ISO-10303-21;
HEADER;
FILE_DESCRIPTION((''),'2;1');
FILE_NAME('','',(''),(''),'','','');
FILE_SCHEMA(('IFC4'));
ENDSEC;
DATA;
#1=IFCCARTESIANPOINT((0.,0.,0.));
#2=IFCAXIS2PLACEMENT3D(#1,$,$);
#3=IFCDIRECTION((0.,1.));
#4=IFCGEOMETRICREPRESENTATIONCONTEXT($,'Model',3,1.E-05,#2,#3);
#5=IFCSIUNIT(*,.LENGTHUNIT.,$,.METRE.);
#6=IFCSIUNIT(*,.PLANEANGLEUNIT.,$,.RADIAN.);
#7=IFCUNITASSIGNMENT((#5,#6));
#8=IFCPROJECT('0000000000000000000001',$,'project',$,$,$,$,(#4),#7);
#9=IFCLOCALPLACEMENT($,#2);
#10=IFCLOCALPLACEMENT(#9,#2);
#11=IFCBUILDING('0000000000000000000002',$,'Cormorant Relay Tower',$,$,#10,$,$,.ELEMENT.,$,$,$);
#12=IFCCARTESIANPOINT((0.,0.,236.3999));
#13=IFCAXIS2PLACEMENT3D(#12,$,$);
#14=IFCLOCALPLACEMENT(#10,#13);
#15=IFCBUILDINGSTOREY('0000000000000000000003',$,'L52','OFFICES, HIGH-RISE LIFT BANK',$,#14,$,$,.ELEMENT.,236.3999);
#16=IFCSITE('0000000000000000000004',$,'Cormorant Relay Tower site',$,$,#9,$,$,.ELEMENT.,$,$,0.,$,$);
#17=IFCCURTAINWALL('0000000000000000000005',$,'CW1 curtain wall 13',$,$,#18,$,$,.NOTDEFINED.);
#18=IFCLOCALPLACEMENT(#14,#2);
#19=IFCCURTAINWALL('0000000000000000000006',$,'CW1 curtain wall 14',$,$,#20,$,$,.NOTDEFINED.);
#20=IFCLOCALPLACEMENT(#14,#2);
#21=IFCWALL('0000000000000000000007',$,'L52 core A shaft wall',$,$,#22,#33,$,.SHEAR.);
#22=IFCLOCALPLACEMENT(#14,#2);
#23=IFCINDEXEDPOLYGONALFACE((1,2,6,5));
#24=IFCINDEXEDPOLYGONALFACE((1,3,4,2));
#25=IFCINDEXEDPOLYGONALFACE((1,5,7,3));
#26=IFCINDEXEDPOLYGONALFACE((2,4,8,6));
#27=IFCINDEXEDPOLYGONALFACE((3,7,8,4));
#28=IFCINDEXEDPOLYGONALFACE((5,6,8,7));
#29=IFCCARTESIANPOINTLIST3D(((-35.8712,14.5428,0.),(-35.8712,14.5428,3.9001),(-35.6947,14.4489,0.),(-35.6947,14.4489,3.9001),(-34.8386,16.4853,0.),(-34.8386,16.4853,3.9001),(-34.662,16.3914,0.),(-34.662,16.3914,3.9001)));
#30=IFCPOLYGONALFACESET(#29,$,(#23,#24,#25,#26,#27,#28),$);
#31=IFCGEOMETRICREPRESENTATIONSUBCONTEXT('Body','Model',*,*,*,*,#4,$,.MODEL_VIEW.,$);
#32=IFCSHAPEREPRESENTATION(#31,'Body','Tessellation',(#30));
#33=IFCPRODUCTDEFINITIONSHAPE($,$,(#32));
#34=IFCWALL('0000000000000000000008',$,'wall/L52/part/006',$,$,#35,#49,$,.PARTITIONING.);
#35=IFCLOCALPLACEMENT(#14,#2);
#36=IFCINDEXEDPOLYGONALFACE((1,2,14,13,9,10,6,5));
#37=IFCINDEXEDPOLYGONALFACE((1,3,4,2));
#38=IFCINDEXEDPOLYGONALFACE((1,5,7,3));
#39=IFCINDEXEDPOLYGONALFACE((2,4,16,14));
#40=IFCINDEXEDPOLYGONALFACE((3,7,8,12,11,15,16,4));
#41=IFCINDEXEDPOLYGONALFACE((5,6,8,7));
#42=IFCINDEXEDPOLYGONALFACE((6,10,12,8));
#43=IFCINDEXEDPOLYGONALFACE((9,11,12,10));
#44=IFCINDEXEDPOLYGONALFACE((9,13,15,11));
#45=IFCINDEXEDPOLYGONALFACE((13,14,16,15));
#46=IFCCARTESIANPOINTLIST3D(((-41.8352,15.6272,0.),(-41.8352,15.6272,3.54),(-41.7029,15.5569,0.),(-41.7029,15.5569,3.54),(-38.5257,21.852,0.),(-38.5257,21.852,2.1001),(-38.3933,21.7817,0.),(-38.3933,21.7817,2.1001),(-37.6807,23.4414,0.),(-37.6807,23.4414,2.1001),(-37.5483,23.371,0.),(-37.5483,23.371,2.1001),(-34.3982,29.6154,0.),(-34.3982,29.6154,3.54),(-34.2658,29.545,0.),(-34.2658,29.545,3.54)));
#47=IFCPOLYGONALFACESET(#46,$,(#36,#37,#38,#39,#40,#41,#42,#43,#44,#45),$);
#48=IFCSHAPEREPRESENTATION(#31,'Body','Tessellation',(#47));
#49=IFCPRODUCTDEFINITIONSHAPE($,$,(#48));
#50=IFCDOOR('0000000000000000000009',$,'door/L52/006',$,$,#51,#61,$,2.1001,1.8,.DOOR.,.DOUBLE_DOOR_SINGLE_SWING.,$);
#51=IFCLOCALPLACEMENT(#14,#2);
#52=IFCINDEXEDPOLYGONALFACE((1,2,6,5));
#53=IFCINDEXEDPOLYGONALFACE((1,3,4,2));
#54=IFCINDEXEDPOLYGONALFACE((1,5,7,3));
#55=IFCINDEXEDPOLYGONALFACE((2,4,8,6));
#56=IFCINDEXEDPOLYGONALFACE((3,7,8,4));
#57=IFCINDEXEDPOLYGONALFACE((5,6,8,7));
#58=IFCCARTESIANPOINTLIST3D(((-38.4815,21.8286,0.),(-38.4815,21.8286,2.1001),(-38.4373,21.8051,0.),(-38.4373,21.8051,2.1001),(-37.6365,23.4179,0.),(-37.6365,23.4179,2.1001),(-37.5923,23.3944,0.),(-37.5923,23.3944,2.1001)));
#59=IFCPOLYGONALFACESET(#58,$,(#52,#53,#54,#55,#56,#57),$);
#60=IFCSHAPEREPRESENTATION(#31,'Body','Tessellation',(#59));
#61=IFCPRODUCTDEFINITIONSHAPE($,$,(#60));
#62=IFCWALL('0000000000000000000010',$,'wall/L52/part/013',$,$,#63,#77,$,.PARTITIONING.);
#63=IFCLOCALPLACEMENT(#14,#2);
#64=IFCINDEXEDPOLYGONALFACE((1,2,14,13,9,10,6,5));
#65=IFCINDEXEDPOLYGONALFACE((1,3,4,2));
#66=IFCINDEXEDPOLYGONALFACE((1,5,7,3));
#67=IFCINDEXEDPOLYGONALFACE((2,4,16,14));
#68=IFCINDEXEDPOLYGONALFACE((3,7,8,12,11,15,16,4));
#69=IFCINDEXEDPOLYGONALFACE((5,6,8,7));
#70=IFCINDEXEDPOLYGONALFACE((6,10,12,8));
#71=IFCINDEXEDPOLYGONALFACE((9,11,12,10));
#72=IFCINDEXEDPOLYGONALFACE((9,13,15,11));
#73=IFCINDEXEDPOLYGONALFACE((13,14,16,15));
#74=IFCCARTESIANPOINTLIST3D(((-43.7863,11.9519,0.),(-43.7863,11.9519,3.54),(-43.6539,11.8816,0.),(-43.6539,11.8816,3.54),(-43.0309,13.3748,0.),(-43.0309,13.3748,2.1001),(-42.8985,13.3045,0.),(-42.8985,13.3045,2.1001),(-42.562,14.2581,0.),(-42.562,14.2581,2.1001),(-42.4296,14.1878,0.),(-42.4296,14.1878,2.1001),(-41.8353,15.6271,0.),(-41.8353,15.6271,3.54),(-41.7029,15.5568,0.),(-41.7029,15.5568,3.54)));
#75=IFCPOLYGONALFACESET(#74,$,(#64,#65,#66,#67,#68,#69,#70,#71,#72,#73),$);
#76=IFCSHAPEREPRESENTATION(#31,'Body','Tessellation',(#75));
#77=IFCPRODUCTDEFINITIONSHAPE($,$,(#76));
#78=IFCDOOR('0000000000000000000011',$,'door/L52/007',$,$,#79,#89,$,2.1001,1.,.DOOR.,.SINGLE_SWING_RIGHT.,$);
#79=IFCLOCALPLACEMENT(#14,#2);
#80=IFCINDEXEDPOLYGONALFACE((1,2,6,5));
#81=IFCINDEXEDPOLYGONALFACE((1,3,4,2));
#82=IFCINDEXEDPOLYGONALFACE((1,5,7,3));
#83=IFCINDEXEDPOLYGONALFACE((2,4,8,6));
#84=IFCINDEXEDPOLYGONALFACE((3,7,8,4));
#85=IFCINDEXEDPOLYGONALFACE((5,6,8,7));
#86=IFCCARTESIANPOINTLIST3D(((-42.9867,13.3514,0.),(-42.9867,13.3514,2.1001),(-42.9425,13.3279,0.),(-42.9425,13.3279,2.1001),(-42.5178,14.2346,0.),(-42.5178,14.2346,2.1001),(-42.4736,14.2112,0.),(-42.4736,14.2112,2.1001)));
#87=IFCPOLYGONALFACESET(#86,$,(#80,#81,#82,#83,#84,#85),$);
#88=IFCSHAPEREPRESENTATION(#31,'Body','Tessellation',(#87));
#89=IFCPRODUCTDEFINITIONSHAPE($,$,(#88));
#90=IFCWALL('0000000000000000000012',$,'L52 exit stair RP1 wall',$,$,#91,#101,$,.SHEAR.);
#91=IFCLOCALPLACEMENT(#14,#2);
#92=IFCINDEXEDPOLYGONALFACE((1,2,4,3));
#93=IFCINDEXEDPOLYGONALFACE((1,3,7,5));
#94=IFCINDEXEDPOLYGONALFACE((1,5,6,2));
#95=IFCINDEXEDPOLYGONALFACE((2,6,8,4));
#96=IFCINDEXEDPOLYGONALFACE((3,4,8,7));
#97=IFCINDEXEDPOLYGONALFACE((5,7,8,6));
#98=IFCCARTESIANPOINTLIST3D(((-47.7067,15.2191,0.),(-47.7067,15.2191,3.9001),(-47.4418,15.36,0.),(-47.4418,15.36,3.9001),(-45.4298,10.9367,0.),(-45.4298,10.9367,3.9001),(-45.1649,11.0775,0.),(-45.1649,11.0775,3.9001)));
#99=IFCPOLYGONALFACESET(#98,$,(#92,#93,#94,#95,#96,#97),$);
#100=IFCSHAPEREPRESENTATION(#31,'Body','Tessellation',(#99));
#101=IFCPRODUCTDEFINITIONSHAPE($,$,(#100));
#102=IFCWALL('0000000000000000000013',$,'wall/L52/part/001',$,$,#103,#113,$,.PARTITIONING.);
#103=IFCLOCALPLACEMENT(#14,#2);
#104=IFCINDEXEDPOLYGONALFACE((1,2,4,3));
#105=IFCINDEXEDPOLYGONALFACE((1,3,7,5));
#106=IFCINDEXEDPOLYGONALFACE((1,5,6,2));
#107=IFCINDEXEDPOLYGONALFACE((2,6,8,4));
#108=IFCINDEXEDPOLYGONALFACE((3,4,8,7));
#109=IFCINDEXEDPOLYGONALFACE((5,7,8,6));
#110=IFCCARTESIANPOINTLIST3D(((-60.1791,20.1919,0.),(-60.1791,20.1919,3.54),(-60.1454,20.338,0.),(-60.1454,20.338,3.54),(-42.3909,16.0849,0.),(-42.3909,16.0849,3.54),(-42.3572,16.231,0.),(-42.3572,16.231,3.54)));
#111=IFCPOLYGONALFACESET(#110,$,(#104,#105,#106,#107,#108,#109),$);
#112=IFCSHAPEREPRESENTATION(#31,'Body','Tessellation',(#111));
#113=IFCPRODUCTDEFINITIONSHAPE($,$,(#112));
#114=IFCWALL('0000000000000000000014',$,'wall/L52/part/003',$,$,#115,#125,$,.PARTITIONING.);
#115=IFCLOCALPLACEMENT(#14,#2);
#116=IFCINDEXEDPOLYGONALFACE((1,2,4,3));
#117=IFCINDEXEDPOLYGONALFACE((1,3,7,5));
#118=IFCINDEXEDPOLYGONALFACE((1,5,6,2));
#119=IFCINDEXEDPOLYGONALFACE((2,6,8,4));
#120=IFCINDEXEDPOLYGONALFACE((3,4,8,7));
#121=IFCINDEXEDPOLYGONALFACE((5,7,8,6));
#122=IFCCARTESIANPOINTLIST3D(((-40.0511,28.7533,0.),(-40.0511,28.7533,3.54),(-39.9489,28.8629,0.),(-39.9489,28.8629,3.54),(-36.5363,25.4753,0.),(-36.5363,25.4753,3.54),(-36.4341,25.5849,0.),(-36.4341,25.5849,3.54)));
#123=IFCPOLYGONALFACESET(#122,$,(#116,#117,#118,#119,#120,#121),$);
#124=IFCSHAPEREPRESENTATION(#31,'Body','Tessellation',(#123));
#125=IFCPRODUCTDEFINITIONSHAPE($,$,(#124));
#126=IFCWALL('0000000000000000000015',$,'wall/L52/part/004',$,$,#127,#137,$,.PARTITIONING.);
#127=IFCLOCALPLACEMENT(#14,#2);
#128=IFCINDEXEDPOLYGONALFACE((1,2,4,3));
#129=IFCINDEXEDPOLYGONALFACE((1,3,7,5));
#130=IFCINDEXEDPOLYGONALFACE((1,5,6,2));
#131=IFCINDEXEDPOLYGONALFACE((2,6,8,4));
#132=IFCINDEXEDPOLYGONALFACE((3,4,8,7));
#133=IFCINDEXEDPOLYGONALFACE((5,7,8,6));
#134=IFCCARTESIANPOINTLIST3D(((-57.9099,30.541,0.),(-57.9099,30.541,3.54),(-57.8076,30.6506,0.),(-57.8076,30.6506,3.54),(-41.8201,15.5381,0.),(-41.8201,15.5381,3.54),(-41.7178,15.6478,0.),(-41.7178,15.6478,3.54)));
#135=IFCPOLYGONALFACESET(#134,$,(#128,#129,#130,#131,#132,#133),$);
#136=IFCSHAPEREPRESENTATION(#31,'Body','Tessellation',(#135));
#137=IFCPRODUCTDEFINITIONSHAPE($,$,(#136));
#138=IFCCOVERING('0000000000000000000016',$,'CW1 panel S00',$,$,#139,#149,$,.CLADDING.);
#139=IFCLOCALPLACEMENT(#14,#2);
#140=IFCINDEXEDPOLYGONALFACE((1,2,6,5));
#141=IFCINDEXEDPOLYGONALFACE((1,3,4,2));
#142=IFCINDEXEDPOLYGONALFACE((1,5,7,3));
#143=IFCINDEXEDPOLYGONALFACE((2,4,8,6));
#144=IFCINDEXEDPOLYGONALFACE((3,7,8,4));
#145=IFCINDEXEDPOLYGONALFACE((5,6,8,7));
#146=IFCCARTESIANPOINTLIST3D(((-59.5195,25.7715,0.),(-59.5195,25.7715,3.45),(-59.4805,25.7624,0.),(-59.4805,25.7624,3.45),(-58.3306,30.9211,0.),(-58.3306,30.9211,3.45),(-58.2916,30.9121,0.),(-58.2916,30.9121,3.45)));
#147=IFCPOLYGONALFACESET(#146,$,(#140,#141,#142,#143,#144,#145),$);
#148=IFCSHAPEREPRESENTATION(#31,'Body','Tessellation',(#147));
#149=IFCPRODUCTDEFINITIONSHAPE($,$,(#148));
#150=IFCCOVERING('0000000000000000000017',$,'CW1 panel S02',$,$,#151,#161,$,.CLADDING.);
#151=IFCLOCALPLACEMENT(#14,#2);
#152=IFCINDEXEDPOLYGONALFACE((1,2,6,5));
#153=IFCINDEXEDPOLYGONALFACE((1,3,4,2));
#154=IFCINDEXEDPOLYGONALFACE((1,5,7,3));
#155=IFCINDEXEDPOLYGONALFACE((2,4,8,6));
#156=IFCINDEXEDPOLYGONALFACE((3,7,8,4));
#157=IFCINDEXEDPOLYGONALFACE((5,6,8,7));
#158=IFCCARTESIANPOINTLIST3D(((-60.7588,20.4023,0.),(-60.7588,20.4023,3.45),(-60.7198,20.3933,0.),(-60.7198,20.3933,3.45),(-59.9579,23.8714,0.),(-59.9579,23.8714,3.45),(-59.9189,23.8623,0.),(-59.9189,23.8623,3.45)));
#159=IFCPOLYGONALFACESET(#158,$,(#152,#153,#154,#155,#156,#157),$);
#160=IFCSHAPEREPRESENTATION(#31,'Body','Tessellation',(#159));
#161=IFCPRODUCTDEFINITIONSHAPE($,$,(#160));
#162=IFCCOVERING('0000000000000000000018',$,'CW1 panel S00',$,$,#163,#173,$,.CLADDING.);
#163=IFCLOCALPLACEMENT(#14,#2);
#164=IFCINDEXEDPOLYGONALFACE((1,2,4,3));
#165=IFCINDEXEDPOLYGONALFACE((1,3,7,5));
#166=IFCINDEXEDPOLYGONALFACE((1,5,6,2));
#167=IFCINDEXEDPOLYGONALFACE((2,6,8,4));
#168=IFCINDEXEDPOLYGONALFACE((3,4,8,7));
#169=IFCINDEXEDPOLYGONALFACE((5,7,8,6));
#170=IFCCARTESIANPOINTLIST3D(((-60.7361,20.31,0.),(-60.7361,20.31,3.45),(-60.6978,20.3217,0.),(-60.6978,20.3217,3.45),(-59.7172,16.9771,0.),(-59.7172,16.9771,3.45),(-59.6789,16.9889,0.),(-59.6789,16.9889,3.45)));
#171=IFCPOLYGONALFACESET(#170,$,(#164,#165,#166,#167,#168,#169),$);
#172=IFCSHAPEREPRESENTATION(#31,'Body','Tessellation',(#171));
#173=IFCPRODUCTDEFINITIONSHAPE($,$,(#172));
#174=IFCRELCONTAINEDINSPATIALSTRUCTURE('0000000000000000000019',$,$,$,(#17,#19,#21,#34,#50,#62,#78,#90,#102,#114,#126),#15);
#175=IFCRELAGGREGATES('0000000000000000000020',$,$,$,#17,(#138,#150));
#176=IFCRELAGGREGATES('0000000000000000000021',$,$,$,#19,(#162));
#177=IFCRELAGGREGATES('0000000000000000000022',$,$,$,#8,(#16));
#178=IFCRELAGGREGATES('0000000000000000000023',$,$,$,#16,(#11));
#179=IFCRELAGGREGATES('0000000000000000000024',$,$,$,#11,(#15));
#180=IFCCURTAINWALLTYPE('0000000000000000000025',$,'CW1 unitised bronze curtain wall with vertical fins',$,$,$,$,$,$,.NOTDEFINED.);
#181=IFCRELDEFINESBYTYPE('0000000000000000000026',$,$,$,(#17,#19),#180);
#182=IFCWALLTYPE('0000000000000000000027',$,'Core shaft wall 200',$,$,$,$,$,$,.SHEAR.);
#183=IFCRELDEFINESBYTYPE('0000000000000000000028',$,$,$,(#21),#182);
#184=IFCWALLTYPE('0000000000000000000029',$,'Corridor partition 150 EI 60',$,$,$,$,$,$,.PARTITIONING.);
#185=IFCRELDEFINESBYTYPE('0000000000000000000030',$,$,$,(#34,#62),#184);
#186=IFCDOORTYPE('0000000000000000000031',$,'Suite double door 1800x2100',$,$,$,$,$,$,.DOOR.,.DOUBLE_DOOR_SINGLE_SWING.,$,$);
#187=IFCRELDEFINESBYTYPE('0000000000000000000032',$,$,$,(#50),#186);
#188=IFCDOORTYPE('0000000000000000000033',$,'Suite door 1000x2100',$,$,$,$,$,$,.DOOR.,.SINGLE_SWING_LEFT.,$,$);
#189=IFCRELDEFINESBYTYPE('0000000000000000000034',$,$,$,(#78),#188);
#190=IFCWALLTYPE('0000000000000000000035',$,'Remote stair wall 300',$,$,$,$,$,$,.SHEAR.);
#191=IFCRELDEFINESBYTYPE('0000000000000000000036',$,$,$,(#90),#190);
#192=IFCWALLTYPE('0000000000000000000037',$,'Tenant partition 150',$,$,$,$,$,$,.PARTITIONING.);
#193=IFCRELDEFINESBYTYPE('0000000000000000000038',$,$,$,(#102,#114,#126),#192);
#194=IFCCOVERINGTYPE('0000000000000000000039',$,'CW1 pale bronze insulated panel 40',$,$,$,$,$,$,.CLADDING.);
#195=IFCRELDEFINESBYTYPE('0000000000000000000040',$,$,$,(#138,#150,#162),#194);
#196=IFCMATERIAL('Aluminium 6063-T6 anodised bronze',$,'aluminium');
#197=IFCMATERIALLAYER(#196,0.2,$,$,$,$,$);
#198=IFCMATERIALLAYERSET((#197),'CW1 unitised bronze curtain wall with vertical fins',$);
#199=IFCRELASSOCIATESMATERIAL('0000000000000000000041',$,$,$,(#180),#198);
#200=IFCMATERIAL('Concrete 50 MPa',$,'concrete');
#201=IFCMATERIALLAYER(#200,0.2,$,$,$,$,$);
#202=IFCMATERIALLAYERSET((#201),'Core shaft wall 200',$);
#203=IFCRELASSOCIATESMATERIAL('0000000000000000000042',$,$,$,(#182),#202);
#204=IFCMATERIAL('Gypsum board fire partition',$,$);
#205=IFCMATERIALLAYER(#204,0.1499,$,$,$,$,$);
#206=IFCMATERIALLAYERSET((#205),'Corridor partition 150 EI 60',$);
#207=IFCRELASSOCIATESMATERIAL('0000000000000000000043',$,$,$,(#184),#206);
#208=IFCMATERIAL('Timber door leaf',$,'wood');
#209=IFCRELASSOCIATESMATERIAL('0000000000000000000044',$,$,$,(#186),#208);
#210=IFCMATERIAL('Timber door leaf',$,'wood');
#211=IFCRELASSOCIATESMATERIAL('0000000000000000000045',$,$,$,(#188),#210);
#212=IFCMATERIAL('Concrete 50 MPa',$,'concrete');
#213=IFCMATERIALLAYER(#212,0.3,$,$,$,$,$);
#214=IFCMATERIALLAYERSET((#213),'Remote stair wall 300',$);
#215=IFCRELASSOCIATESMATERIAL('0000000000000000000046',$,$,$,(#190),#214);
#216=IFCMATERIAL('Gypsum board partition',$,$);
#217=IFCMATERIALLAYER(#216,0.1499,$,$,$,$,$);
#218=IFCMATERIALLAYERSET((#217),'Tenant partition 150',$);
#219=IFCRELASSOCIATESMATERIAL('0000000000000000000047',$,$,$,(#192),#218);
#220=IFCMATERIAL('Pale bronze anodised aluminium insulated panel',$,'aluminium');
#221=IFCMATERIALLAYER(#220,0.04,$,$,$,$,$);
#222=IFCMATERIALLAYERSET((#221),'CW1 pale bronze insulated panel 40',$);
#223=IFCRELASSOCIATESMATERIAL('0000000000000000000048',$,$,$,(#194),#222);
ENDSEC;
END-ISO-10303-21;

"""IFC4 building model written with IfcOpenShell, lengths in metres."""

from ifc_helpers import new_model, si_unit, direction, frame, frame_2d, origin, origin_2d, place, context, subcontext, project, spatial, rectangle, extrude, material, layer, layer_set, type_object, element, fill, aggregate, save


model = new_model("IFC4")

# Units and contexts
model_context = context("Model", 3, precision=1e-05, world=origin(), true_north=direction((0.0, 1.0)))
body_context = subcontext(model_context, "Body", "Model", "MODEL_VIEW")
ifc_project = project(units=[si_unit("LENGTHUNIT", "METRE"), si_unit("PLANEANGLEUNIT", "RADIAN")], contexts=[model_context])

# Site, building, storey
site_placement = place(None, origin())
site = spatial("IfcSite", under=ifc_project, at=site_placement, Name="Cormorant Relay Tower site", CompositionType="ELEMENT", RefElevation=0.0)
building_placement = place(site_placement, origin())
building = spatial("IfcBuilding", under=site, at=building_placement, Name="Cormorant Relay Tower", CompositionType="ELEMENT")
storey_placement = place(building_placement, frame((0.0, 0.0, 236.3999)))
storey = spatial("IfcBuildingStorey", under=building, at=storey_placement, Name="L52", Description="OFFICES, HIGH-RISE LIFT BANK", CompositionType="ELEMENT", Elevation=236.3999)

# Curtain wall
ifc_material_1 = material(Name="Aluminium 6063-T6 anodised bronze", Category="aluminium")
ifc_layer_1 = layer(ifc_material_1, 0.2)
ifc_layer_set_1 = layer_set([ifc_layer_1], Name="CW1 unitised bronze curtain wall with vertical fins")
curtain_wall_type = type_object("IfcCurtainWallType", Name="CW1 unitised bronze curtain wall with vertical fins", PredefinedType="NOTDEFINED", material=ifc_layer_set_1)
curtain_wall_1_placement = place(storey_placement, origin())
curtain_wall_1 = element("IfcCurtainWall", 1, at=curtain_wall_1_placement, inside=storey, type_object=curtain_wall_type, Name="CW1 curtain wall 13", PredefinedType="NOTDEFINED")

# Curtain wall
curtain_wall_2_placement = place(storey_placement, origin())
curtain_wall_2 = element("IfcCurtainWall", 2, at=curtain_wall_2_placement, inside=storey, type_object=curtain_wall_type, Name="CW1 curtain wall 14", PredefinedType="NOTDEFINED")

# Wall
ifc_material_2 = material(Name="Concrete 50 MPa", Category="concrete")
ifc_layer_2 = layer(ifc_material_2, 0.2)
ifc_layer_set_2 = layer_set([ifc_layer_2], Name="Core shaft wall 200")
wall_type_1 = type_object("IfcWallType", Name="Core shaft wall 200", PredefinedType="SHEAR", material=ifc_layer_set_2)
wall_1_placement = place(storey_placement, frame((-34.7502, 16.4385, 0.0), z_axis=(0.0, 0.0, 1.0), x_axis=(-0.469401, -0.882985, 0.0)))
element("IfcWall", 3, at=wall_1_placement, inside=storey, type_object=wall_type_1, Name="L52 core A shaft wall", PredefinedType="SHEAR", context=body_context, shape_type="SweptSolid", body=[
    extrude(rectangle(XDim=2.2, YDim=0.2, at=frame_2d((1.1001, 0.0))), origin(), (0.0, 0.0, 1.0), 3.9001),
])

# Walls, openings, doors
ifc_material_3 = material(Name="Gypsum board fire partition")
ifc_layer_3 = layer(ifc_material_3, 0.1499)
ifc_layer_set_3 = layer_set([ifc_layer_3], Name="Corridor partition 150 EI 60")
wall_type_2 = type_object("IfcWallType", Name="Corridor partition 150 EI 60", PredefinedType="PARTITIONING", material=ifc_layer_set_3)
wall_2_placement = place(storey_placement, frame((-41.769, 15.592, 0.0), z_axis=(0.0, 0.0, 1.0), x_axis=(0.469444, 0.882962, 0.0)))
wall_2 = element("IfcWall", 4, at=wall_2_placement, inside=storey, type_object=wall_type_2, Name="wall/L52/part/006", PredefinedType="PARTITIONING", context=body_context, shape_type="SweptSolid", body=[
    extrude(rectangle(XDim=15.8423, YDim=0.1499, at=frame_2d((7.9211, 0.0))), origin(), (0.0, 0.0, 1.0), 3.54),
])
opening_1_placement = place(wall_2_placement, frame((7.05, 0.0, 0.0)))
opening_1 = element("IfcOpeningElement", 5, at=opening_1_placement, cuts=wall_2, PredefinedType="OPENING", context=body_context, shape_type="SweptSolid", body=[
    extrude(rectangle(XDim=1.8, YDim=2.1001, at=frame_2d((0.8999, 1.05))), frame((0.0, 0.085, 0.0), z_axis=(0.0, -1.0, 0.0), x_axis=(1.0, 0.0, 0.0)), (0.0, 0.0, 1.0), 0.1699),
])
ifc_material_4 = material(Name="Timber door leaf", Category="wood")
door_type_1 = type_object("IfcDoorType", Name="Suite double door 1800x2100", OperationType="DOUBLE_DOOR_SINGLE_SWING", PredefinedType="DOOR", material=ifc_material_4)
door_1_placement = place(opening_1_placement, origin())
door_1 = element("IfcDoor", 6, at=door_1_placement, inside=storey, type_object=door_type_1, Name="door/L52/006", OperationType="DOUBLE_DOOR_SINGLE_SWING", OverallHeight=2.1001, OverallWidth=1.8, PredefinedType="DOOR", context=body_context, shape_type="SweptSolid", body=[
    extrude(rectangle(XDim=1.8, YDim=2.1001, at=frame_2d((0.8999, 1.05))), frame((0.0, 0.0249, 0.0), z_axis=(0.0, -1.0, 0.0), x_axis=(1.0, 0.0, 0.0)), (0.0, 0.0, 1.0), 0.05),
])
fill(opening_1, door_1)
wall_3_placement = place(storey_placement, frame((-41.769, 15.592, 0.0), z_axis=(0.0, 0.0, 1.0), x_axis=(-0.468885, -0.883259, 0.0)))
wall_3 = element("IfcWall", 7, at=wall_3_placement, inside=storey, type_object=wall_type_2, Name="wall/L52/part/013", PredefinedType="PARTITIONING", context=body_context, shape_type="SweptSolid", body=[
    extrude(rectangle(XDim=4.1609, YDim=0.1499, at=frame_2d((2.0806, 0.0))), origin(), (0.0, 0.0, 1.0), 3.54),
])
opening_2_placement = place(wall_3_placement, frame((1.55, 0.0, 0.0)))
opening_2 = element("IfcOpeningElement", 8, at=opening_2_placement, cuts=wall_3, PredefinedType="OPENING", context=body_context, shape_type="SweptSolid", body=[
    extrude(rectangle(XDim=1.0, YDim=2.1001, at=frame_2d((0.5, 1.05))), frame((0.0, 0.085, 0.0), z_axis=(0.0, -1.0, 0.0), x_axis=(1.0, 0.0, 0.0)), (0.0, 0.0, 1.0), 0.1699),
])
ifc_material_5 = material(Name="Timber door leaf", Category="wood")
door_type_2 = type_object("IfcDoorType", Name="Suite door 1000x2100", OperationType="SINGLE_SWING_LEFT", PredefinedType="DOOR", material=ifc_material_5)
door_2_placement = place(opening_2_placement, frame((1.0, 0.0, 0.0), z_axis=(0.0, 0.0, 1.0), x_axis=(-1.0, 0.0, 0.0)))
door_2 = element("IfcDoor", 9, at=door_2_placement, inside=storey, type_object=door_type_2, Name="door/L52/007", OperationType="SINGLE_SWING_RIGHT", OverallHeight=2.1001, OverallWidth=1.0, PredefinedType="DOOR", context=body_context, shape_type="SweptSolid", body=[
    extrude(rectangle(XDim=1.0, YDim=2.1001, at=frame_2d((0.5, 1.05))), frame((0.0, 0.0249, 0.0), z_axis=(0.0, -1.0, 0.0), x_axis=(1.0, 0.0, 0.0)), (0.0, 0.0, 1.0), 0.05),
])
fill(opening_2, door_2)

# Walls
ifc_material_6 = material(Name="Concrete 50 MPa", Category="concrete")
ifc_layer_4 = layer(ifc_material_6, 0.3)
ifc_layer_set_4 = layer_set([ifc_layer_4], Name="Remote stair wall 300")
wall_type_3 = type_object("IfcWallType", Name="Remote stair wall 300", PredefinedType="SHEAR", material=ifc_layer_set_4)
wall_4_placement = place(storey_placement, frame((-47.5742, 15.2896, 0.0), z_axis=(0.0, 0.0, 1.0), x_axis=(0.469443, -0.882963, 0.0)))
element("IfcWall", 10, at=wall_4_placement, inside=storey, type_object=wall_type_3, Name="L52 exit stair RP1 wall", PredefinedType="SHEAR", context=body_context, shape_type="SweptSolid", body=[
    extrude(rectangle(XDim=4.8501, YDim=0.3, at=frame_2d((2.425, 0.0))), origin(), (0.0, 0.0, 1.0), 3.9001),
])
ifc_material_7 = material(Name="Gypsum board partition")
ifc_layer_5 = layer(ifc_material_7, 0.1499)
ifc_layer_set_5 = layer_set([ifc_layer_5], Name="Tenant partition 150")
wall_type_4 = type_object("IfcWallType", Name="Tenant partition 150", PredefinedType="PARTITIONING", material=ifc_layer_set_5)
wall_5_placement = place(storey_placement, frame((-60.1621, 20.2649, 0.0), z_axis=(0.0, 0.0, 1.0), x_axis=(0.974367, -0.224963, 0.0)))
element("IfcWall", 11, at=wall_5_placement, inside=storey, type_object=wall_type_4, Name="wall/L52/part/001", PredefinedType="PARTITIONING", context=body_context, shape_type="SweptSolid", body=[
    extrude(rectangle(XDim=18.2561, YDim=0.1499, at=frame_2d((9.1279, 0.0))), origin(), (0.0, 0.0, 1.0), 3.54),
])
wall_6_placement = place(storey_placement, frame((-40.0, 28.8081, 0.0), z_axis=(0.0, 0.0, 1.0), x_axis=(0.731314, -0.682041, 0.0)))
element("IfcWall", 12, at=wall_6_placement, inside=storey, type_object=wall_type_4, Name="wall/L52/part/003", PredefinedType="PARTITIONING", context=body_context, shape_type="SweptSolid", body=[
    extrude(rectangle(XDim=4.8062, YDim=0.1499, at=frame_2d((2.4031, 0.0))), origin(), (0.0, 0.0, 1.0), 3.54),
])
wall_7_placement = place(storey_placement, frame((-41.769, 15.593, 0.0), z_axis=(0.0, 0.0, 1.0), x_axis=(-0.731378, 0.681972, 0.0)))
element("IfcWall", 13, at=wall_7_placement, inside=storey, type_object=wall_type_4, Name="wall/L52/part/004", PredefinedType="PARTITIONING", context=body_context, shape_type="SweptSolid", body=[
    extrude(rectangle(XDim=21.9993, YDim=0.1499, at=frame_2d((10.9995, 0.0))), origin(), (0.0, 0.0, 1.0), 3.54),
])

# Coverings
ifc_material_8 = material(Name="Pale bronze anodised aluminium insulated panel", Category="aluminium")
ifc_layer_6 = layer(ifc_material_8, 0.04)
ifc_layer_set_6 = layer_set([ifc_layer_6], Name="CW1 pale bronze insulated panel 40")
covering_type = type_object("IfcCoveringType", Name="CW1 pale bronze insulated panel 40", PredefinedType="CLADDING", material=ifc_layer_set_6)
covering_1_placement = place(storey_placement, frame((-58.9055, 28.3418, 0.0), z_axis=(0.0, 0.0, 1.0), x_axis=(-0.224951, -0.97437, 0.0)))
covering_1 = element("IfcCovering", 14, at=covering_1_placement, type_object=covering_type, Name="CW1 panel S00", PredefinedType="CLADDING", context=body_context, shape_type="SweptSolid", body=[
    extrude(rectangle(XDim=5.2852, YDim=0.04, at=origin_2d()), origin(), (0.0, 0.0, 1.0), 3.45),
])
covering_2_placement = place(storey_placement, frame((-60.3389, 22.1323, 0.0), z_axis=(0.0, 0.0, 1.0), x_axis=(-0.224951, -0.97437, 0.0)))
covering_2 = element("IfcCovering", 15, at=covering_2_placement, type_object=covering_type, Name="CW1 panel S02", PredefinedType="CLADDING", context=body_context, shape_type="SweptSolid", body=[
    extrude(rectangle(XDim=3.5603, YDim=0.04, at=origin_2d()), origin(), (0.0, 0.0, 1.0), 3.45),
])
aggregate(curtain_wall_1, [covering_1, covering_2])
covering_3_placement = place(storey_placement, frame((-60.2075, 18.6494, 0.0), z_axis=(0.0, 0.0, 1.0), x_axis=(0.292372, -0.956305, 0.0)))
covering_3 = element("IfcCovering", 16, at=covering_3_placement, type_object=covering_type, Name="CW1 panel S00", PredefinedType="CLADDING", context=body_context, shape_type="SweptSolid", body=[
    extrude(rectangle(XDim=3.4851, YDim=0.04, at=origin_2d()), origin(), (0.0, 0.0, 1.0), 3.45),
])
aggregate(curtain_wall_2, [covering_3])

save(model, "model.ifc")
